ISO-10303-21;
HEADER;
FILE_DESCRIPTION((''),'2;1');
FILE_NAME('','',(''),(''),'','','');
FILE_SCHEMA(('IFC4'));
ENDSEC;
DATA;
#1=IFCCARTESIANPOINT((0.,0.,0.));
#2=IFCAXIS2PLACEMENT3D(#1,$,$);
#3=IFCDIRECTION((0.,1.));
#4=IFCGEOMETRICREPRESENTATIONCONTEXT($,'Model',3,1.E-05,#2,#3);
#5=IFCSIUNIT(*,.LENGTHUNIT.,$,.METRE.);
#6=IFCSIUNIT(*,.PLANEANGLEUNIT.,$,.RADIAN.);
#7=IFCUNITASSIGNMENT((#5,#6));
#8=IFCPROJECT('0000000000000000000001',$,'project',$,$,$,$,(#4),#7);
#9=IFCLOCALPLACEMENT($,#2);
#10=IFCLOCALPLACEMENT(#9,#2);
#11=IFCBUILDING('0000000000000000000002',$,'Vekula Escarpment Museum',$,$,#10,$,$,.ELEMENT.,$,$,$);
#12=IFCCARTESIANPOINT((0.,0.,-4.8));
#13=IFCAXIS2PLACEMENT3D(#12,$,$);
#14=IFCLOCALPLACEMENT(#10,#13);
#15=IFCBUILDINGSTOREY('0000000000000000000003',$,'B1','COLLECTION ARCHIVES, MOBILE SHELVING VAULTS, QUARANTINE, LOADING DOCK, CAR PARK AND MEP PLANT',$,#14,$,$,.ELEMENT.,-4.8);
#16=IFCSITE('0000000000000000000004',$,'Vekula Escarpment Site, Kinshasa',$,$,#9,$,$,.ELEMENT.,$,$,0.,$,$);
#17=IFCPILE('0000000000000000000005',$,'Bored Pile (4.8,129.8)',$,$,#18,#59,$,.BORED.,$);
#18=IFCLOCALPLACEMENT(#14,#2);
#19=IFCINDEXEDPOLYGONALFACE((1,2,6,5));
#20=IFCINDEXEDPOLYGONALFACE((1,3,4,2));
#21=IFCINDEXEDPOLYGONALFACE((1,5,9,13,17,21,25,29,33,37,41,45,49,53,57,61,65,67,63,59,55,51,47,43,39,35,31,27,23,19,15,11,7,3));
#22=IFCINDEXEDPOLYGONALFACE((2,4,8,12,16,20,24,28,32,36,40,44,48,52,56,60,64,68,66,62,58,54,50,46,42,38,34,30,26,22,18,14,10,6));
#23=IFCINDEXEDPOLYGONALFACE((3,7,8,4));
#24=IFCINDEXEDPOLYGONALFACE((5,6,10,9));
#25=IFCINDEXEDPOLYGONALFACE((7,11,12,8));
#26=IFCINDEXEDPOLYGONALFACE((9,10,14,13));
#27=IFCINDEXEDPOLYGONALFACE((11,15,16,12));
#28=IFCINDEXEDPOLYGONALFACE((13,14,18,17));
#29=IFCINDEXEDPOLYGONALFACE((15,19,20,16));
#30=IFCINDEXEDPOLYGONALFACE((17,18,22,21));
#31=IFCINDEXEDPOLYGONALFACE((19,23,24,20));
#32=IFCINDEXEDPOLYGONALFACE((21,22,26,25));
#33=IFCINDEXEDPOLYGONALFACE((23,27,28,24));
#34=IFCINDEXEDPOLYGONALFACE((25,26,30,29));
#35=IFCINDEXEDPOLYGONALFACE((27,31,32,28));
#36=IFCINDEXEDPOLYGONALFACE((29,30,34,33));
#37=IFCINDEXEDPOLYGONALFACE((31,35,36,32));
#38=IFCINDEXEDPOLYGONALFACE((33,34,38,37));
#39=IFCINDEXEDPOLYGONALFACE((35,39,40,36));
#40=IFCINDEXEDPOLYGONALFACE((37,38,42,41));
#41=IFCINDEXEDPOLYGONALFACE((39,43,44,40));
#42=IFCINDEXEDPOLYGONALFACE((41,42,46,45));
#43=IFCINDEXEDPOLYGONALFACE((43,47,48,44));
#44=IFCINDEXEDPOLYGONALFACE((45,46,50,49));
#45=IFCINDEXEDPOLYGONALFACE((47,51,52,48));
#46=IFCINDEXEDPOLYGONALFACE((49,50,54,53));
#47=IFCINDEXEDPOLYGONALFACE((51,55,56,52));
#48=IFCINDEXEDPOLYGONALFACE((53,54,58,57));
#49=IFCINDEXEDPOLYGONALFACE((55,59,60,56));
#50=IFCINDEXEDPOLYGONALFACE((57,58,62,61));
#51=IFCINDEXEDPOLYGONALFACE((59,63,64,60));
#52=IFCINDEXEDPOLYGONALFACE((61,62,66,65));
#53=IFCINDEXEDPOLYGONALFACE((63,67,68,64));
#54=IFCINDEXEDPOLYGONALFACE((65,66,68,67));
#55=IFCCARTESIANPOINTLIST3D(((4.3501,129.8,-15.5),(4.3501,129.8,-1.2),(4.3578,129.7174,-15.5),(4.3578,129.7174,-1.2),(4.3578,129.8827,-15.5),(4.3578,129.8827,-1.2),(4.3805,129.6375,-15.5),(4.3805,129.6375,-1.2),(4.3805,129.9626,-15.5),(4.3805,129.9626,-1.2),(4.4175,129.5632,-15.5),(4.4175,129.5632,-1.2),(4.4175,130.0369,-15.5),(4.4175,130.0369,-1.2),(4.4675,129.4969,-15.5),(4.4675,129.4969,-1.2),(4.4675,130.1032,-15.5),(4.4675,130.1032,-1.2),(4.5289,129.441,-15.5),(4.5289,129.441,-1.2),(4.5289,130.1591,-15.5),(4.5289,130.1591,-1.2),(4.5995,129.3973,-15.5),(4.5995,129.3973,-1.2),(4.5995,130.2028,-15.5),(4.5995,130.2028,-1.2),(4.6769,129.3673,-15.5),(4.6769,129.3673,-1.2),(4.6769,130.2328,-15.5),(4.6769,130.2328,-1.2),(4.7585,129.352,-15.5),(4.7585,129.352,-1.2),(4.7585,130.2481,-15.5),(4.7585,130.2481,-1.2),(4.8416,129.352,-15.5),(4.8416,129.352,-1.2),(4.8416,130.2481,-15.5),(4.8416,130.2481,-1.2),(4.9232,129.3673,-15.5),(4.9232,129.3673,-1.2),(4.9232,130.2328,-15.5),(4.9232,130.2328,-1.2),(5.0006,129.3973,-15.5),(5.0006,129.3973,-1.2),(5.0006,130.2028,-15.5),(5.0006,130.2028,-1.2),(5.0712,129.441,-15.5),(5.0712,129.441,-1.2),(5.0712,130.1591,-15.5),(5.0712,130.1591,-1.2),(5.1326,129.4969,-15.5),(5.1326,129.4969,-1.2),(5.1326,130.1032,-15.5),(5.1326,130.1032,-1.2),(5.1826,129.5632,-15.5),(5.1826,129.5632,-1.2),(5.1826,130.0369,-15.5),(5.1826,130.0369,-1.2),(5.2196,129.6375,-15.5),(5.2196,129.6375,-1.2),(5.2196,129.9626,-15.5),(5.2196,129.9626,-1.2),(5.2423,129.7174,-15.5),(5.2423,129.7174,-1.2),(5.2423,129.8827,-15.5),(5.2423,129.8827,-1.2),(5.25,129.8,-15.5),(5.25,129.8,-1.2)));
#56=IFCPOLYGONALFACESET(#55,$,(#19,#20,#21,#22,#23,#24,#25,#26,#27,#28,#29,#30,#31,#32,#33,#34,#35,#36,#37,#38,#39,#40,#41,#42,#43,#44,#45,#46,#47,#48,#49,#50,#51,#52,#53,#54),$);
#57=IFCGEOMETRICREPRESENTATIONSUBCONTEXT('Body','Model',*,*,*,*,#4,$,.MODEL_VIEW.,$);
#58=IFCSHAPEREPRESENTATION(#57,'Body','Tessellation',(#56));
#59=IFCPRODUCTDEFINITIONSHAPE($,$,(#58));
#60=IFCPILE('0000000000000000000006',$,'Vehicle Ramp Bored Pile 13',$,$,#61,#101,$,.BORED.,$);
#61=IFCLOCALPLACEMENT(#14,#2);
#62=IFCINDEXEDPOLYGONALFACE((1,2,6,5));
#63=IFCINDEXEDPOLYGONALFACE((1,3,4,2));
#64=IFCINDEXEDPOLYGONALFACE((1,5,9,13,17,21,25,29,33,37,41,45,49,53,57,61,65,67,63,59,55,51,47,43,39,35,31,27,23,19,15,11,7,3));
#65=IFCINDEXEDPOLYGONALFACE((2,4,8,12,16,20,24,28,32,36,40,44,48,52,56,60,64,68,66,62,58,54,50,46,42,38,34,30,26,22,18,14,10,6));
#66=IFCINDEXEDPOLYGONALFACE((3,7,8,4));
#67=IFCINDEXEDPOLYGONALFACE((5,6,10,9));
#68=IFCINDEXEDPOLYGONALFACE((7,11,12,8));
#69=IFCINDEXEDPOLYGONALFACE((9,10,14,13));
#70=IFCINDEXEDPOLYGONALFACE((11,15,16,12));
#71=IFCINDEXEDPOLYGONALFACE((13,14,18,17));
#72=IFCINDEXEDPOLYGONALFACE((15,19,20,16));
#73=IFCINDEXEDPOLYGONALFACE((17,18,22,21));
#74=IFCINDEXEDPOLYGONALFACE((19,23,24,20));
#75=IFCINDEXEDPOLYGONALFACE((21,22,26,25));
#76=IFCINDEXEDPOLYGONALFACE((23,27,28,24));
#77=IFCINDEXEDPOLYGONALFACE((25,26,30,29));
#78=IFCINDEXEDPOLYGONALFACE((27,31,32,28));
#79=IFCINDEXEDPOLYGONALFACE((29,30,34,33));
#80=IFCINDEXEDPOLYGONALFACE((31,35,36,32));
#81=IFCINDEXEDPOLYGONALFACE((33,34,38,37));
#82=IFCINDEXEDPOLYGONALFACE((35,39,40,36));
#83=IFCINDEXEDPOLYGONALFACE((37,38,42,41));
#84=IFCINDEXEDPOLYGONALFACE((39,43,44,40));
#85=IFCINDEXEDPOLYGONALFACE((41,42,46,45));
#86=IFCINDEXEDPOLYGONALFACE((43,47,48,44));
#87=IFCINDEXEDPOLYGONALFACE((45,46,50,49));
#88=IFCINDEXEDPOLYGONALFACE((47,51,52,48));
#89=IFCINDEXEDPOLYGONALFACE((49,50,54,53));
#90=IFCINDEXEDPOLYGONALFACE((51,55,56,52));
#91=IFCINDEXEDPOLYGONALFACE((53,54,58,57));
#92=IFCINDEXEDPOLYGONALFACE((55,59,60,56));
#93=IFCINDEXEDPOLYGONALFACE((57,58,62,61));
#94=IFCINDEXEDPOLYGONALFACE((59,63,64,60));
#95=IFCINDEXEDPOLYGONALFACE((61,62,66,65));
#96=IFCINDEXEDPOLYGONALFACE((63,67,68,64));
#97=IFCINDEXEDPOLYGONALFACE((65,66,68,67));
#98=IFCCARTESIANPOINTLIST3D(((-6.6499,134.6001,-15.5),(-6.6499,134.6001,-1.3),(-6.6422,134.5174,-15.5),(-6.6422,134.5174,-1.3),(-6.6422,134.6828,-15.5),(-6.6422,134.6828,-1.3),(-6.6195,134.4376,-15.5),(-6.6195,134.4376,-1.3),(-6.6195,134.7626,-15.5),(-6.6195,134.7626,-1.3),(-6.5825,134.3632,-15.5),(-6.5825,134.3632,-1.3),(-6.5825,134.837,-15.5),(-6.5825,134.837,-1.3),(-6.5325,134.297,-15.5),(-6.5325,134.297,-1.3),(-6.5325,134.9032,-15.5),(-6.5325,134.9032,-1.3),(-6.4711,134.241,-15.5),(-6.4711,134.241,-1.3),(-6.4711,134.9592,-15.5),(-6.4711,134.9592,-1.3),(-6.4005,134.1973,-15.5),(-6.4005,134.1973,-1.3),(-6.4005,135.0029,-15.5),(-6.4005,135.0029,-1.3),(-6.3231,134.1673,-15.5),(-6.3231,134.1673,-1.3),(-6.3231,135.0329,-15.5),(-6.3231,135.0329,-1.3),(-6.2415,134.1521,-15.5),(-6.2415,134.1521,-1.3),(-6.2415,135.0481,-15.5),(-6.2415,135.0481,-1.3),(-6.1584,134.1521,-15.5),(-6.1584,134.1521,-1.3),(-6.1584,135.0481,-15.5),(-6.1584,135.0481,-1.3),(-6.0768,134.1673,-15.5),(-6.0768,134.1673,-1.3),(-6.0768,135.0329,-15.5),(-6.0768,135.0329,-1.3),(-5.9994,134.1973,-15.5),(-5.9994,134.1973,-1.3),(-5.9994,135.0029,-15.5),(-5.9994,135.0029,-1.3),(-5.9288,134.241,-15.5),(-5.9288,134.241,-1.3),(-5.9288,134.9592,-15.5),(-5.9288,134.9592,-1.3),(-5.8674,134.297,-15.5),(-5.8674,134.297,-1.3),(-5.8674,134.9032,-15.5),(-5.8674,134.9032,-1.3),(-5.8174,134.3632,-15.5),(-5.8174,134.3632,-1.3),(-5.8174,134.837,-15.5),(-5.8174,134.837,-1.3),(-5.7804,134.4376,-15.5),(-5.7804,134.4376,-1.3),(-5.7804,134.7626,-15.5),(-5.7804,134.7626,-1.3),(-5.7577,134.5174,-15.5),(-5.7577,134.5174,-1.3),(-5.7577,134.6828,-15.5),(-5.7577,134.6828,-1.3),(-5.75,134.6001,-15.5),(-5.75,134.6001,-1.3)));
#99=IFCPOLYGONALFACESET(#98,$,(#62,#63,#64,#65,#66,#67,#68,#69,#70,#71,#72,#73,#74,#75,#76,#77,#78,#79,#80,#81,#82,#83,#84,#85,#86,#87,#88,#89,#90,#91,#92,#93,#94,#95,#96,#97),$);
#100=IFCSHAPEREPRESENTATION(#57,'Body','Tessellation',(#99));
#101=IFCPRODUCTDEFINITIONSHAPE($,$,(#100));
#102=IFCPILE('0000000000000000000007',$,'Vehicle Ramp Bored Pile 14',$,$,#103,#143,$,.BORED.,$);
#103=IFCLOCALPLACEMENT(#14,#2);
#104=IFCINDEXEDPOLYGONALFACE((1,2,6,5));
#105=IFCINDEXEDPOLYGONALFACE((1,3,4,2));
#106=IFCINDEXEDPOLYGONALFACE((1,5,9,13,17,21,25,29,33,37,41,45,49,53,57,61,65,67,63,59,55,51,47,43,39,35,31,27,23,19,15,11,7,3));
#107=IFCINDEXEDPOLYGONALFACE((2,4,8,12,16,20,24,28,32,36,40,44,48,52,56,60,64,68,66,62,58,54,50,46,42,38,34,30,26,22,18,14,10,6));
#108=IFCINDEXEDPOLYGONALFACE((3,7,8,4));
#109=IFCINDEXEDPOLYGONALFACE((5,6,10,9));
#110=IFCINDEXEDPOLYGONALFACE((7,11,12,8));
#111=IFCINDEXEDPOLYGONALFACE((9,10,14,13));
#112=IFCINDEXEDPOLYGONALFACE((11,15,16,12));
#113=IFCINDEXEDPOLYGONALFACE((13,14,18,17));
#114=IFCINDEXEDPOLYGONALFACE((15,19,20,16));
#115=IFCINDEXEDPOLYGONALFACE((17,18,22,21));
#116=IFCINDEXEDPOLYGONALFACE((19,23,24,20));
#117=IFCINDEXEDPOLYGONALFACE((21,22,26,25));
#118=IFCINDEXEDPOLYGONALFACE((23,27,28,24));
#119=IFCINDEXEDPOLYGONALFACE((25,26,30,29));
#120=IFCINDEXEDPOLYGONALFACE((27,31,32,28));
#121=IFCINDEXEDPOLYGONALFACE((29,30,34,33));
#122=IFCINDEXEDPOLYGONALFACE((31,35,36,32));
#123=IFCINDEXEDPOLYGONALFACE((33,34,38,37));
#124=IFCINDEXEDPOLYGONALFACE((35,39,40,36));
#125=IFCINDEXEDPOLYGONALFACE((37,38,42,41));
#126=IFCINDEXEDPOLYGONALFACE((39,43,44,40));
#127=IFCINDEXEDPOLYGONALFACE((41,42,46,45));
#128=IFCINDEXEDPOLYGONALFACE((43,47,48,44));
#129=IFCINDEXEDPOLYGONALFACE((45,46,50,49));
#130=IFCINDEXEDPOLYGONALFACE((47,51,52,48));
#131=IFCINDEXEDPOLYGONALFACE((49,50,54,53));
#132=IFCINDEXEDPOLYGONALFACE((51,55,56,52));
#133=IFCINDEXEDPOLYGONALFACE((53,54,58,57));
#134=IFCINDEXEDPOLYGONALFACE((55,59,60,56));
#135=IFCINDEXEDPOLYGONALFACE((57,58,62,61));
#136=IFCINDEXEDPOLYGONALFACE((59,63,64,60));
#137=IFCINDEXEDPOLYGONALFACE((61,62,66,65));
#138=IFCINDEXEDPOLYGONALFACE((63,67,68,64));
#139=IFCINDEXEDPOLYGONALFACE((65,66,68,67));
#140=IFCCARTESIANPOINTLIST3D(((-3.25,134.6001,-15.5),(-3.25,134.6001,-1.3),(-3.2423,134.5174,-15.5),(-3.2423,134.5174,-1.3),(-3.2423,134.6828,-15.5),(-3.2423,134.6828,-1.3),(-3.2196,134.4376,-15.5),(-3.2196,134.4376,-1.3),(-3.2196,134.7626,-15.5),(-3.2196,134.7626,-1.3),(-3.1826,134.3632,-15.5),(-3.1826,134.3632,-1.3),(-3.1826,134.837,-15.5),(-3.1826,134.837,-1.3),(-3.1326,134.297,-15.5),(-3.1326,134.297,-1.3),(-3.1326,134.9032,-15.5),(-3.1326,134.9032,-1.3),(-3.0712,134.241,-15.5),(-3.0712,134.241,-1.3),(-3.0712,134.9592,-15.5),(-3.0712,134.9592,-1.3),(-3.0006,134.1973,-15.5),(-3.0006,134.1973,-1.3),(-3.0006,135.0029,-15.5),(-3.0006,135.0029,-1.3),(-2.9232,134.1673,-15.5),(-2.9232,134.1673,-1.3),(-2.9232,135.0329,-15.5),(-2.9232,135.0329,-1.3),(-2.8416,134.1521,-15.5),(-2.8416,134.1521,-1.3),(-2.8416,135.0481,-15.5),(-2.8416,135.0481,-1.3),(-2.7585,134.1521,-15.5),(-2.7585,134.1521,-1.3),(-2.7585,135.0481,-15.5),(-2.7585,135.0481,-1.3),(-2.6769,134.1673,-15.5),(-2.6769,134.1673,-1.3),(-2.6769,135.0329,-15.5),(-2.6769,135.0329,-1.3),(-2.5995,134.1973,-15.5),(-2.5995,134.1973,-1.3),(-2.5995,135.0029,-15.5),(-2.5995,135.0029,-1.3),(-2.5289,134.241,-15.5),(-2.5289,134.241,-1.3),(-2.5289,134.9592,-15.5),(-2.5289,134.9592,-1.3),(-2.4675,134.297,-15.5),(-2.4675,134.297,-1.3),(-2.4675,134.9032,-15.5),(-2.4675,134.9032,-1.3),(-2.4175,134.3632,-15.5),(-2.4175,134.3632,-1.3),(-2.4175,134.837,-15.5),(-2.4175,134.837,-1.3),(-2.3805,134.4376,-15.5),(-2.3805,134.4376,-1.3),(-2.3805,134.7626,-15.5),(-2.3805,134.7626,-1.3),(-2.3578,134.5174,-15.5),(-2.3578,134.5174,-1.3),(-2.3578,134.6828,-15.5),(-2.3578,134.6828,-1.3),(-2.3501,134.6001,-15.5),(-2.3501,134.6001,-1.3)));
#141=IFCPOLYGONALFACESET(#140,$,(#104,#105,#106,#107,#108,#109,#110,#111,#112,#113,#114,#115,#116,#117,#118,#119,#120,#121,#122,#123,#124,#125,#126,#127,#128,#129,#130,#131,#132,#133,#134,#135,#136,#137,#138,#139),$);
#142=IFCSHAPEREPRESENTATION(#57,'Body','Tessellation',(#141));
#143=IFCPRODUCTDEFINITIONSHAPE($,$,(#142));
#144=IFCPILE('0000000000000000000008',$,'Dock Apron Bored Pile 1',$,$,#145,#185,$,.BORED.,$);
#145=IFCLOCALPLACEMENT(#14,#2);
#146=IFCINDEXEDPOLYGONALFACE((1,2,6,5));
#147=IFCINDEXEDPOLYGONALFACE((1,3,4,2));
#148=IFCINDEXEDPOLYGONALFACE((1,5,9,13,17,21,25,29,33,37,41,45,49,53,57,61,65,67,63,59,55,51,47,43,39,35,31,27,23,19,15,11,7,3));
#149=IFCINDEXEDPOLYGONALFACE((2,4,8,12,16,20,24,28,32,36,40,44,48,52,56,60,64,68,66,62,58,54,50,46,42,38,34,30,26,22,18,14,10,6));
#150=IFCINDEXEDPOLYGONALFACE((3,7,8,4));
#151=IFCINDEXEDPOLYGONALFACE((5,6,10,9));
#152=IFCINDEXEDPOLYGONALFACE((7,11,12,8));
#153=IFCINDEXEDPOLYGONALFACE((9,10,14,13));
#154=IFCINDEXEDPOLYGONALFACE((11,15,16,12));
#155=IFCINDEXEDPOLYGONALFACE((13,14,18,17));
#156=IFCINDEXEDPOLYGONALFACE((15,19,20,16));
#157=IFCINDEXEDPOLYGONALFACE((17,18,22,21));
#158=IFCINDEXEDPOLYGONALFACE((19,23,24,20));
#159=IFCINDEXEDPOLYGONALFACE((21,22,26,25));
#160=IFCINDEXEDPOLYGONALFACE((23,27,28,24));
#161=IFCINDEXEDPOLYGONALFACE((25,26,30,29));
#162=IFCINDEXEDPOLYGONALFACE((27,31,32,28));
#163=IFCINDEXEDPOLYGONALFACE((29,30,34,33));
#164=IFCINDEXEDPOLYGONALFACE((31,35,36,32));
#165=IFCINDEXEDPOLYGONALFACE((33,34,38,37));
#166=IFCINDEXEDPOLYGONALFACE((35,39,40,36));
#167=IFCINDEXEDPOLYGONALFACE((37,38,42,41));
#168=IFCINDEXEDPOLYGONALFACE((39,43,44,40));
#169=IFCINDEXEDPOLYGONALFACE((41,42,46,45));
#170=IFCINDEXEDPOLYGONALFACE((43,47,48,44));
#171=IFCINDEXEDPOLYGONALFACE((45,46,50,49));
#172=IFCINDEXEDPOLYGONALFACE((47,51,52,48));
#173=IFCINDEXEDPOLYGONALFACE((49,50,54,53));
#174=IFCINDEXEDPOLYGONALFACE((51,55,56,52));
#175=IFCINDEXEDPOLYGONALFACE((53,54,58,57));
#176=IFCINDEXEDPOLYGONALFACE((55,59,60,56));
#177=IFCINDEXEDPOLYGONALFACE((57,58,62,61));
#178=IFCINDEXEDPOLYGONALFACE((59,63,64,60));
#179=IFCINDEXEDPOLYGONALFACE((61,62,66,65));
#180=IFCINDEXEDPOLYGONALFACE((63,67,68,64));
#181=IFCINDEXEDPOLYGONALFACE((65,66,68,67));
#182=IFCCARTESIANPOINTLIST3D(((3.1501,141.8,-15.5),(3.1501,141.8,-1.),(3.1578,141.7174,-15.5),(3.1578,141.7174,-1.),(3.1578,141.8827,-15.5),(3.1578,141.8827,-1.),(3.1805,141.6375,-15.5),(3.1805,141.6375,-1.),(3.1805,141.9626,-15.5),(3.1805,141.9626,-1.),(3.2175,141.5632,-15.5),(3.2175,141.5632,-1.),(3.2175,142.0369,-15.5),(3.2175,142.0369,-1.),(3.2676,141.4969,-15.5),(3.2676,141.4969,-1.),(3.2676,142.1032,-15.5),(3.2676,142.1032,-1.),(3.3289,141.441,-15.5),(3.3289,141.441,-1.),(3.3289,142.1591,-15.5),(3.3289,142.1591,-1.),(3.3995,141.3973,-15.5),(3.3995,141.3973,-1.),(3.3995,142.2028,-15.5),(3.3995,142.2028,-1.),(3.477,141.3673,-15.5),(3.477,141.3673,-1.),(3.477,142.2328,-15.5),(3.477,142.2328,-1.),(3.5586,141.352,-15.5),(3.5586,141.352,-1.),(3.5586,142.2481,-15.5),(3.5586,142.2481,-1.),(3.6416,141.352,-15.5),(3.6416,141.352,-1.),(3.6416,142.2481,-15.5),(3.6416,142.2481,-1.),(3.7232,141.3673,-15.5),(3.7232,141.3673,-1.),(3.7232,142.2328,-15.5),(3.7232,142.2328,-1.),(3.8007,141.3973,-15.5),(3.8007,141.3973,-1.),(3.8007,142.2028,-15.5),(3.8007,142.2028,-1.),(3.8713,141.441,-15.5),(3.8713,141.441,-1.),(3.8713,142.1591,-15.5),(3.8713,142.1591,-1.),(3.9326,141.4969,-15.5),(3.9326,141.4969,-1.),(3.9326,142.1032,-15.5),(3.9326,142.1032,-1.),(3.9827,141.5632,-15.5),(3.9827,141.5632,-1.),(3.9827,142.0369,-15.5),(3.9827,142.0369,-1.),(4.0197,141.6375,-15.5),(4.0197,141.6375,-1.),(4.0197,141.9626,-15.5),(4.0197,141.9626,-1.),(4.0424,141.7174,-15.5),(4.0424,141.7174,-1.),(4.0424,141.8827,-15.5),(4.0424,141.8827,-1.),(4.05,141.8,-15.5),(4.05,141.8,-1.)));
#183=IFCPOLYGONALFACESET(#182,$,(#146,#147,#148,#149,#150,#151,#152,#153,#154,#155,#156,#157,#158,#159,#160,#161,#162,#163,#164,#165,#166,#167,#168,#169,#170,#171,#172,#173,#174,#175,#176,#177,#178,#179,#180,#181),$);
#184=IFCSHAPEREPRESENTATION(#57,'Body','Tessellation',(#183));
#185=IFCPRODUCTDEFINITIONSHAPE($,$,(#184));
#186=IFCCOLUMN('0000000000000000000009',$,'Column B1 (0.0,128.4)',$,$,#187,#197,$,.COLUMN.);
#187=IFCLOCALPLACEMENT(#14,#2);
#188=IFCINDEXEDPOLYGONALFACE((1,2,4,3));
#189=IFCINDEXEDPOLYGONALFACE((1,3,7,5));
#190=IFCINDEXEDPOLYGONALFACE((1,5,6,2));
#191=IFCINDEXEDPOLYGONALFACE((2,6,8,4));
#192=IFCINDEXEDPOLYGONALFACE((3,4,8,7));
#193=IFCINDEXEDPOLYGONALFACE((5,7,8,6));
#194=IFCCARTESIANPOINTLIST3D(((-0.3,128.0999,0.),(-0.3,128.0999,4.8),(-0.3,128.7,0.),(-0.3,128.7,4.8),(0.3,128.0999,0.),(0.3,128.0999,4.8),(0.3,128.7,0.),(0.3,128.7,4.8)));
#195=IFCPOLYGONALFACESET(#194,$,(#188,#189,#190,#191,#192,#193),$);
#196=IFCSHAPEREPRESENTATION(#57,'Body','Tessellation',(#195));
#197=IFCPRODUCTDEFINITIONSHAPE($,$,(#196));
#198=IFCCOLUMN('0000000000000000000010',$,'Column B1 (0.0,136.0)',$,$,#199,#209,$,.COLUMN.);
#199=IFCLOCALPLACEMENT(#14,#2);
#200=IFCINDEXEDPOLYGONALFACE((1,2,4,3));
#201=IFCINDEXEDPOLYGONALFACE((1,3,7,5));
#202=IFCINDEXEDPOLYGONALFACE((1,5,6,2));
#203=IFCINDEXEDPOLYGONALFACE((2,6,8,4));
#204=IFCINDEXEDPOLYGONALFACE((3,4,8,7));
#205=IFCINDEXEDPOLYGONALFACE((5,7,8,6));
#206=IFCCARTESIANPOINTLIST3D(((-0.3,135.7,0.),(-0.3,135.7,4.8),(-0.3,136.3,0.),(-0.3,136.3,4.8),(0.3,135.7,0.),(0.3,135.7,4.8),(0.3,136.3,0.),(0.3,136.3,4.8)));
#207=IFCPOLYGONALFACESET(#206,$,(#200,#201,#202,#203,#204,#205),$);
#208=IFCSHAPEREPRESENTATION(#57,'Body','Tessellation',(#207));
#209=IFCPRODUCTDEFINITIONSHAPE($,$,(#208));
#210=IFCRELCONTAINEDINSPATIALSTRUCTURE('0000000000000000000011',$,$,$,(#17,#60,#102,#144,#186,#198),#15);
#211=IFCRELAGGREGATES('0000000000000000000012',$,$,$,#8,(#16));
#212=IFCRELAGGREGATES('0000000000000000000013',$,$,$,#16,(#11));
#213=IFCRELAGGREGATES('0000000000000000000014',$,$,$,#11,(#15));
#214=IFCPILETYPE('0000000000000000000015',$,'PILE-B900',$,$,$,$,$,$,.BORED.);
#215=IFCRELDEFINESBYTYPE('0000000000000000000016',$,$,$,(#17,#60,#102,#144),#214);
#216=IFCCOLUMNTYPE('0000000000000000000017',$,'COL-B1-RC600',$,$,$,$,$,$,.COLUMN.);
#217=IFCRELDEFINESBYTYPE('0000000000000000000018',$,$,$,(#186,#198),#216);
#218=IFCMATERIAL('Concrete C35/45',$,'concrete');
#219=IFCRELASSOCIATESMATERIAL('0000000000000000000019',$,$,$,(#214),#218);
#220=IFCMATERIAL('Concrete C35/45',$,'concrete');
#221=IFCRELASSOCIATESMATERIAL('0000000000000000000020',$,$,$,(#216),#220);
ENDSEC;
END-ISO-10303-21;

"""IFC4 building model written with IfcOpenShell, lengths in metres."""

from ifc_helpers import new_model, si_unit, direction, frame, origin, origin_2d, place, context, subcontext, project, spatial, rectangle, circle, extrude, material, material_profile, profile_set, type_object, element, save


model = new_model("IFC4")

# Units and contexts
model_context = context("Model", 3, precision=1e-05, world=origin(), true_north=direction((0.0, 1.0)))
body_context = subcontext(model_context, "Body", "Model", "MODEL_VIEW")
ifc_project = project(units=[si_unit("LENGTHUNIT", "METRE"), si_unit("PLANEANGLEUNIT", "RADIAN")], contexts=[model_context])

# Site, building, storey
site_placement = place(None, origin())
site = spatial("IfcSite", under=ifc_project, at=site_placement, Name="Vekula Escarpment Site, Kinshasa", CompositionType="ELEMENT", RefElevation=0.0)
building_placement = place(site_placement, origin())
building = spatial("IfcBuilding", under=site, at=building_placement, Name="Vekula Escarpment Museum", CompositionType="ELEMENT")
storey_placement = place(building_placement, frame((0.0, 0.0, -4.8)))
storey = spatial("IfcBuildingStorey", under=building, at=storey_placement, Name="B1", Description="COLLECTION ARCHIVES, MOBILE SHELVING VAULTS, QUARANTINE, LOADING DOCK, CAR PARK AND MEP PLANT", CompositionType="ELEMENT", Elevation=-4.8)

# Piles
ifc_material_1 = material(Name="Concrete C35/45", Category="concrete")
ifc_material_profile_1 = material_profile(ifc_material_1, circle(Radius=0.45, at=origin_2d()), Name="BORED PILE 900")
ifc_profile_set_1 = profile_set([ifc_material_profile_1], Name="Concrete C35/45")
pile_type = type_object("IfcPileType", Name="PILE-B900", PredefinedType="BORED", material=ifc_profile_set_1)
pile_1_placement = place(storey_placement, frame((4.8, 129.8, -1.2), z_axis=(0.0, 0.0, -1.0), x_axis=(1.0, 0.0, 0.0)))
element("IfcPile", 1, at=pile_1_placement, inside=storey, type_object=pile_type, Name="Bored Pile (4.8,129.8)", PredefinedType="BORED", context=body_context, shape_type="SweptSolid", body=[
    extrude(circle(Radius=0.45, at=origin_2d()), origin(), (0.0, 0.0, 1.0), 14.3),
])
for number, where, z_axis, x_axis, name in (
    (2, (-6.2, 134.6001, -1.3), (0.0, 0.0, -1.0), (1.0, 0.0, 0.0), "Vehicle Ramp Bored Pile 13"),
    (3, (-2.8, 134.6001, -1.3), (0.0, 0.0, -1.0), (1.0, 0.0, 0.0), "Vehicle Ramp Bored Pile 14"),
):
    element("IfcPile", number, at=place(storey_placement, frame(where, z_axis=z_axis, x_axis=x_axis)), inside=storey, type_object=pile_type, Name=name, PredefinedType="BORED", context=body_context, shape_type="SweptSolid", body=[
        extrude(circle(Radius=0.45, at=origin_2d()), origin(), (0.0, 0.0, 1.0), 14.2),
    ])
pile_2_placement = place(storey_placement, frame((3.6001, 141.8, -1.0), z_axis=(0.0, 0.0, -1.0), x_axis=(1.0, 0.0, 0.0)))
element("IfcPile", 4, at=pile_2_placement, inside=storey, type_object=pile_type, Name="Dock Apron Bored Pile 1", PredefinedType="BORED", context=body_context, shape_type="SweptSolid", body=[
    extrude(circle(Radius=0.45, at=origin_2d()), origin(), (0.0, 0.0, 1.0), 14.5),
])

# Columns
ifc_material_2 = material(Name="Concrete C35/45", Category="concrete")
ifc_material_profile_2 = material_profile(ifc_material_2, rectangle(XDim=0.6001, YDim=0.6001, at=origin_2d()), Name="RC 600x600")
ifc_profile_set_2 = profile_set([ifc_material_profile_2], Name="Concrete C35/45")
column_type = type_object("IfcColumnType", Name="COL-B1-RC600", PredefinedType="COLUMN", material=ifc_profile_set_2)
for number, where, z_axis, x_axis, name in (
    (5, (0.0, 128.3999, 0.0), (0.0, 0.0, 1.0), (1.0, 0.0, 0.0), "Column B1 (0.0,128.4)"),
    (6, (0.0, 136.0, 0.0), (0.0, 0.0, 1.0), (1.0, 0.0, 0.0), "Column B1 (0.0,136.0)"),
):
    element("IfcColumn", number, at=place(storey_placement, frame(where, z_axis=z_axis, x_axis=x_axis)), inside=storey, type_object=column_type, Name=name, PredefinedType="COLUMN", context=body_context, shape_type="SweptSolid", body=[
        extrude(rectangle(XDim=0.6001, YDim=0.6001, at=origin_2d()), origin(), (0.0, 0.0, 1.0), 4.8),
    ])

save(model, "model.ifc")
